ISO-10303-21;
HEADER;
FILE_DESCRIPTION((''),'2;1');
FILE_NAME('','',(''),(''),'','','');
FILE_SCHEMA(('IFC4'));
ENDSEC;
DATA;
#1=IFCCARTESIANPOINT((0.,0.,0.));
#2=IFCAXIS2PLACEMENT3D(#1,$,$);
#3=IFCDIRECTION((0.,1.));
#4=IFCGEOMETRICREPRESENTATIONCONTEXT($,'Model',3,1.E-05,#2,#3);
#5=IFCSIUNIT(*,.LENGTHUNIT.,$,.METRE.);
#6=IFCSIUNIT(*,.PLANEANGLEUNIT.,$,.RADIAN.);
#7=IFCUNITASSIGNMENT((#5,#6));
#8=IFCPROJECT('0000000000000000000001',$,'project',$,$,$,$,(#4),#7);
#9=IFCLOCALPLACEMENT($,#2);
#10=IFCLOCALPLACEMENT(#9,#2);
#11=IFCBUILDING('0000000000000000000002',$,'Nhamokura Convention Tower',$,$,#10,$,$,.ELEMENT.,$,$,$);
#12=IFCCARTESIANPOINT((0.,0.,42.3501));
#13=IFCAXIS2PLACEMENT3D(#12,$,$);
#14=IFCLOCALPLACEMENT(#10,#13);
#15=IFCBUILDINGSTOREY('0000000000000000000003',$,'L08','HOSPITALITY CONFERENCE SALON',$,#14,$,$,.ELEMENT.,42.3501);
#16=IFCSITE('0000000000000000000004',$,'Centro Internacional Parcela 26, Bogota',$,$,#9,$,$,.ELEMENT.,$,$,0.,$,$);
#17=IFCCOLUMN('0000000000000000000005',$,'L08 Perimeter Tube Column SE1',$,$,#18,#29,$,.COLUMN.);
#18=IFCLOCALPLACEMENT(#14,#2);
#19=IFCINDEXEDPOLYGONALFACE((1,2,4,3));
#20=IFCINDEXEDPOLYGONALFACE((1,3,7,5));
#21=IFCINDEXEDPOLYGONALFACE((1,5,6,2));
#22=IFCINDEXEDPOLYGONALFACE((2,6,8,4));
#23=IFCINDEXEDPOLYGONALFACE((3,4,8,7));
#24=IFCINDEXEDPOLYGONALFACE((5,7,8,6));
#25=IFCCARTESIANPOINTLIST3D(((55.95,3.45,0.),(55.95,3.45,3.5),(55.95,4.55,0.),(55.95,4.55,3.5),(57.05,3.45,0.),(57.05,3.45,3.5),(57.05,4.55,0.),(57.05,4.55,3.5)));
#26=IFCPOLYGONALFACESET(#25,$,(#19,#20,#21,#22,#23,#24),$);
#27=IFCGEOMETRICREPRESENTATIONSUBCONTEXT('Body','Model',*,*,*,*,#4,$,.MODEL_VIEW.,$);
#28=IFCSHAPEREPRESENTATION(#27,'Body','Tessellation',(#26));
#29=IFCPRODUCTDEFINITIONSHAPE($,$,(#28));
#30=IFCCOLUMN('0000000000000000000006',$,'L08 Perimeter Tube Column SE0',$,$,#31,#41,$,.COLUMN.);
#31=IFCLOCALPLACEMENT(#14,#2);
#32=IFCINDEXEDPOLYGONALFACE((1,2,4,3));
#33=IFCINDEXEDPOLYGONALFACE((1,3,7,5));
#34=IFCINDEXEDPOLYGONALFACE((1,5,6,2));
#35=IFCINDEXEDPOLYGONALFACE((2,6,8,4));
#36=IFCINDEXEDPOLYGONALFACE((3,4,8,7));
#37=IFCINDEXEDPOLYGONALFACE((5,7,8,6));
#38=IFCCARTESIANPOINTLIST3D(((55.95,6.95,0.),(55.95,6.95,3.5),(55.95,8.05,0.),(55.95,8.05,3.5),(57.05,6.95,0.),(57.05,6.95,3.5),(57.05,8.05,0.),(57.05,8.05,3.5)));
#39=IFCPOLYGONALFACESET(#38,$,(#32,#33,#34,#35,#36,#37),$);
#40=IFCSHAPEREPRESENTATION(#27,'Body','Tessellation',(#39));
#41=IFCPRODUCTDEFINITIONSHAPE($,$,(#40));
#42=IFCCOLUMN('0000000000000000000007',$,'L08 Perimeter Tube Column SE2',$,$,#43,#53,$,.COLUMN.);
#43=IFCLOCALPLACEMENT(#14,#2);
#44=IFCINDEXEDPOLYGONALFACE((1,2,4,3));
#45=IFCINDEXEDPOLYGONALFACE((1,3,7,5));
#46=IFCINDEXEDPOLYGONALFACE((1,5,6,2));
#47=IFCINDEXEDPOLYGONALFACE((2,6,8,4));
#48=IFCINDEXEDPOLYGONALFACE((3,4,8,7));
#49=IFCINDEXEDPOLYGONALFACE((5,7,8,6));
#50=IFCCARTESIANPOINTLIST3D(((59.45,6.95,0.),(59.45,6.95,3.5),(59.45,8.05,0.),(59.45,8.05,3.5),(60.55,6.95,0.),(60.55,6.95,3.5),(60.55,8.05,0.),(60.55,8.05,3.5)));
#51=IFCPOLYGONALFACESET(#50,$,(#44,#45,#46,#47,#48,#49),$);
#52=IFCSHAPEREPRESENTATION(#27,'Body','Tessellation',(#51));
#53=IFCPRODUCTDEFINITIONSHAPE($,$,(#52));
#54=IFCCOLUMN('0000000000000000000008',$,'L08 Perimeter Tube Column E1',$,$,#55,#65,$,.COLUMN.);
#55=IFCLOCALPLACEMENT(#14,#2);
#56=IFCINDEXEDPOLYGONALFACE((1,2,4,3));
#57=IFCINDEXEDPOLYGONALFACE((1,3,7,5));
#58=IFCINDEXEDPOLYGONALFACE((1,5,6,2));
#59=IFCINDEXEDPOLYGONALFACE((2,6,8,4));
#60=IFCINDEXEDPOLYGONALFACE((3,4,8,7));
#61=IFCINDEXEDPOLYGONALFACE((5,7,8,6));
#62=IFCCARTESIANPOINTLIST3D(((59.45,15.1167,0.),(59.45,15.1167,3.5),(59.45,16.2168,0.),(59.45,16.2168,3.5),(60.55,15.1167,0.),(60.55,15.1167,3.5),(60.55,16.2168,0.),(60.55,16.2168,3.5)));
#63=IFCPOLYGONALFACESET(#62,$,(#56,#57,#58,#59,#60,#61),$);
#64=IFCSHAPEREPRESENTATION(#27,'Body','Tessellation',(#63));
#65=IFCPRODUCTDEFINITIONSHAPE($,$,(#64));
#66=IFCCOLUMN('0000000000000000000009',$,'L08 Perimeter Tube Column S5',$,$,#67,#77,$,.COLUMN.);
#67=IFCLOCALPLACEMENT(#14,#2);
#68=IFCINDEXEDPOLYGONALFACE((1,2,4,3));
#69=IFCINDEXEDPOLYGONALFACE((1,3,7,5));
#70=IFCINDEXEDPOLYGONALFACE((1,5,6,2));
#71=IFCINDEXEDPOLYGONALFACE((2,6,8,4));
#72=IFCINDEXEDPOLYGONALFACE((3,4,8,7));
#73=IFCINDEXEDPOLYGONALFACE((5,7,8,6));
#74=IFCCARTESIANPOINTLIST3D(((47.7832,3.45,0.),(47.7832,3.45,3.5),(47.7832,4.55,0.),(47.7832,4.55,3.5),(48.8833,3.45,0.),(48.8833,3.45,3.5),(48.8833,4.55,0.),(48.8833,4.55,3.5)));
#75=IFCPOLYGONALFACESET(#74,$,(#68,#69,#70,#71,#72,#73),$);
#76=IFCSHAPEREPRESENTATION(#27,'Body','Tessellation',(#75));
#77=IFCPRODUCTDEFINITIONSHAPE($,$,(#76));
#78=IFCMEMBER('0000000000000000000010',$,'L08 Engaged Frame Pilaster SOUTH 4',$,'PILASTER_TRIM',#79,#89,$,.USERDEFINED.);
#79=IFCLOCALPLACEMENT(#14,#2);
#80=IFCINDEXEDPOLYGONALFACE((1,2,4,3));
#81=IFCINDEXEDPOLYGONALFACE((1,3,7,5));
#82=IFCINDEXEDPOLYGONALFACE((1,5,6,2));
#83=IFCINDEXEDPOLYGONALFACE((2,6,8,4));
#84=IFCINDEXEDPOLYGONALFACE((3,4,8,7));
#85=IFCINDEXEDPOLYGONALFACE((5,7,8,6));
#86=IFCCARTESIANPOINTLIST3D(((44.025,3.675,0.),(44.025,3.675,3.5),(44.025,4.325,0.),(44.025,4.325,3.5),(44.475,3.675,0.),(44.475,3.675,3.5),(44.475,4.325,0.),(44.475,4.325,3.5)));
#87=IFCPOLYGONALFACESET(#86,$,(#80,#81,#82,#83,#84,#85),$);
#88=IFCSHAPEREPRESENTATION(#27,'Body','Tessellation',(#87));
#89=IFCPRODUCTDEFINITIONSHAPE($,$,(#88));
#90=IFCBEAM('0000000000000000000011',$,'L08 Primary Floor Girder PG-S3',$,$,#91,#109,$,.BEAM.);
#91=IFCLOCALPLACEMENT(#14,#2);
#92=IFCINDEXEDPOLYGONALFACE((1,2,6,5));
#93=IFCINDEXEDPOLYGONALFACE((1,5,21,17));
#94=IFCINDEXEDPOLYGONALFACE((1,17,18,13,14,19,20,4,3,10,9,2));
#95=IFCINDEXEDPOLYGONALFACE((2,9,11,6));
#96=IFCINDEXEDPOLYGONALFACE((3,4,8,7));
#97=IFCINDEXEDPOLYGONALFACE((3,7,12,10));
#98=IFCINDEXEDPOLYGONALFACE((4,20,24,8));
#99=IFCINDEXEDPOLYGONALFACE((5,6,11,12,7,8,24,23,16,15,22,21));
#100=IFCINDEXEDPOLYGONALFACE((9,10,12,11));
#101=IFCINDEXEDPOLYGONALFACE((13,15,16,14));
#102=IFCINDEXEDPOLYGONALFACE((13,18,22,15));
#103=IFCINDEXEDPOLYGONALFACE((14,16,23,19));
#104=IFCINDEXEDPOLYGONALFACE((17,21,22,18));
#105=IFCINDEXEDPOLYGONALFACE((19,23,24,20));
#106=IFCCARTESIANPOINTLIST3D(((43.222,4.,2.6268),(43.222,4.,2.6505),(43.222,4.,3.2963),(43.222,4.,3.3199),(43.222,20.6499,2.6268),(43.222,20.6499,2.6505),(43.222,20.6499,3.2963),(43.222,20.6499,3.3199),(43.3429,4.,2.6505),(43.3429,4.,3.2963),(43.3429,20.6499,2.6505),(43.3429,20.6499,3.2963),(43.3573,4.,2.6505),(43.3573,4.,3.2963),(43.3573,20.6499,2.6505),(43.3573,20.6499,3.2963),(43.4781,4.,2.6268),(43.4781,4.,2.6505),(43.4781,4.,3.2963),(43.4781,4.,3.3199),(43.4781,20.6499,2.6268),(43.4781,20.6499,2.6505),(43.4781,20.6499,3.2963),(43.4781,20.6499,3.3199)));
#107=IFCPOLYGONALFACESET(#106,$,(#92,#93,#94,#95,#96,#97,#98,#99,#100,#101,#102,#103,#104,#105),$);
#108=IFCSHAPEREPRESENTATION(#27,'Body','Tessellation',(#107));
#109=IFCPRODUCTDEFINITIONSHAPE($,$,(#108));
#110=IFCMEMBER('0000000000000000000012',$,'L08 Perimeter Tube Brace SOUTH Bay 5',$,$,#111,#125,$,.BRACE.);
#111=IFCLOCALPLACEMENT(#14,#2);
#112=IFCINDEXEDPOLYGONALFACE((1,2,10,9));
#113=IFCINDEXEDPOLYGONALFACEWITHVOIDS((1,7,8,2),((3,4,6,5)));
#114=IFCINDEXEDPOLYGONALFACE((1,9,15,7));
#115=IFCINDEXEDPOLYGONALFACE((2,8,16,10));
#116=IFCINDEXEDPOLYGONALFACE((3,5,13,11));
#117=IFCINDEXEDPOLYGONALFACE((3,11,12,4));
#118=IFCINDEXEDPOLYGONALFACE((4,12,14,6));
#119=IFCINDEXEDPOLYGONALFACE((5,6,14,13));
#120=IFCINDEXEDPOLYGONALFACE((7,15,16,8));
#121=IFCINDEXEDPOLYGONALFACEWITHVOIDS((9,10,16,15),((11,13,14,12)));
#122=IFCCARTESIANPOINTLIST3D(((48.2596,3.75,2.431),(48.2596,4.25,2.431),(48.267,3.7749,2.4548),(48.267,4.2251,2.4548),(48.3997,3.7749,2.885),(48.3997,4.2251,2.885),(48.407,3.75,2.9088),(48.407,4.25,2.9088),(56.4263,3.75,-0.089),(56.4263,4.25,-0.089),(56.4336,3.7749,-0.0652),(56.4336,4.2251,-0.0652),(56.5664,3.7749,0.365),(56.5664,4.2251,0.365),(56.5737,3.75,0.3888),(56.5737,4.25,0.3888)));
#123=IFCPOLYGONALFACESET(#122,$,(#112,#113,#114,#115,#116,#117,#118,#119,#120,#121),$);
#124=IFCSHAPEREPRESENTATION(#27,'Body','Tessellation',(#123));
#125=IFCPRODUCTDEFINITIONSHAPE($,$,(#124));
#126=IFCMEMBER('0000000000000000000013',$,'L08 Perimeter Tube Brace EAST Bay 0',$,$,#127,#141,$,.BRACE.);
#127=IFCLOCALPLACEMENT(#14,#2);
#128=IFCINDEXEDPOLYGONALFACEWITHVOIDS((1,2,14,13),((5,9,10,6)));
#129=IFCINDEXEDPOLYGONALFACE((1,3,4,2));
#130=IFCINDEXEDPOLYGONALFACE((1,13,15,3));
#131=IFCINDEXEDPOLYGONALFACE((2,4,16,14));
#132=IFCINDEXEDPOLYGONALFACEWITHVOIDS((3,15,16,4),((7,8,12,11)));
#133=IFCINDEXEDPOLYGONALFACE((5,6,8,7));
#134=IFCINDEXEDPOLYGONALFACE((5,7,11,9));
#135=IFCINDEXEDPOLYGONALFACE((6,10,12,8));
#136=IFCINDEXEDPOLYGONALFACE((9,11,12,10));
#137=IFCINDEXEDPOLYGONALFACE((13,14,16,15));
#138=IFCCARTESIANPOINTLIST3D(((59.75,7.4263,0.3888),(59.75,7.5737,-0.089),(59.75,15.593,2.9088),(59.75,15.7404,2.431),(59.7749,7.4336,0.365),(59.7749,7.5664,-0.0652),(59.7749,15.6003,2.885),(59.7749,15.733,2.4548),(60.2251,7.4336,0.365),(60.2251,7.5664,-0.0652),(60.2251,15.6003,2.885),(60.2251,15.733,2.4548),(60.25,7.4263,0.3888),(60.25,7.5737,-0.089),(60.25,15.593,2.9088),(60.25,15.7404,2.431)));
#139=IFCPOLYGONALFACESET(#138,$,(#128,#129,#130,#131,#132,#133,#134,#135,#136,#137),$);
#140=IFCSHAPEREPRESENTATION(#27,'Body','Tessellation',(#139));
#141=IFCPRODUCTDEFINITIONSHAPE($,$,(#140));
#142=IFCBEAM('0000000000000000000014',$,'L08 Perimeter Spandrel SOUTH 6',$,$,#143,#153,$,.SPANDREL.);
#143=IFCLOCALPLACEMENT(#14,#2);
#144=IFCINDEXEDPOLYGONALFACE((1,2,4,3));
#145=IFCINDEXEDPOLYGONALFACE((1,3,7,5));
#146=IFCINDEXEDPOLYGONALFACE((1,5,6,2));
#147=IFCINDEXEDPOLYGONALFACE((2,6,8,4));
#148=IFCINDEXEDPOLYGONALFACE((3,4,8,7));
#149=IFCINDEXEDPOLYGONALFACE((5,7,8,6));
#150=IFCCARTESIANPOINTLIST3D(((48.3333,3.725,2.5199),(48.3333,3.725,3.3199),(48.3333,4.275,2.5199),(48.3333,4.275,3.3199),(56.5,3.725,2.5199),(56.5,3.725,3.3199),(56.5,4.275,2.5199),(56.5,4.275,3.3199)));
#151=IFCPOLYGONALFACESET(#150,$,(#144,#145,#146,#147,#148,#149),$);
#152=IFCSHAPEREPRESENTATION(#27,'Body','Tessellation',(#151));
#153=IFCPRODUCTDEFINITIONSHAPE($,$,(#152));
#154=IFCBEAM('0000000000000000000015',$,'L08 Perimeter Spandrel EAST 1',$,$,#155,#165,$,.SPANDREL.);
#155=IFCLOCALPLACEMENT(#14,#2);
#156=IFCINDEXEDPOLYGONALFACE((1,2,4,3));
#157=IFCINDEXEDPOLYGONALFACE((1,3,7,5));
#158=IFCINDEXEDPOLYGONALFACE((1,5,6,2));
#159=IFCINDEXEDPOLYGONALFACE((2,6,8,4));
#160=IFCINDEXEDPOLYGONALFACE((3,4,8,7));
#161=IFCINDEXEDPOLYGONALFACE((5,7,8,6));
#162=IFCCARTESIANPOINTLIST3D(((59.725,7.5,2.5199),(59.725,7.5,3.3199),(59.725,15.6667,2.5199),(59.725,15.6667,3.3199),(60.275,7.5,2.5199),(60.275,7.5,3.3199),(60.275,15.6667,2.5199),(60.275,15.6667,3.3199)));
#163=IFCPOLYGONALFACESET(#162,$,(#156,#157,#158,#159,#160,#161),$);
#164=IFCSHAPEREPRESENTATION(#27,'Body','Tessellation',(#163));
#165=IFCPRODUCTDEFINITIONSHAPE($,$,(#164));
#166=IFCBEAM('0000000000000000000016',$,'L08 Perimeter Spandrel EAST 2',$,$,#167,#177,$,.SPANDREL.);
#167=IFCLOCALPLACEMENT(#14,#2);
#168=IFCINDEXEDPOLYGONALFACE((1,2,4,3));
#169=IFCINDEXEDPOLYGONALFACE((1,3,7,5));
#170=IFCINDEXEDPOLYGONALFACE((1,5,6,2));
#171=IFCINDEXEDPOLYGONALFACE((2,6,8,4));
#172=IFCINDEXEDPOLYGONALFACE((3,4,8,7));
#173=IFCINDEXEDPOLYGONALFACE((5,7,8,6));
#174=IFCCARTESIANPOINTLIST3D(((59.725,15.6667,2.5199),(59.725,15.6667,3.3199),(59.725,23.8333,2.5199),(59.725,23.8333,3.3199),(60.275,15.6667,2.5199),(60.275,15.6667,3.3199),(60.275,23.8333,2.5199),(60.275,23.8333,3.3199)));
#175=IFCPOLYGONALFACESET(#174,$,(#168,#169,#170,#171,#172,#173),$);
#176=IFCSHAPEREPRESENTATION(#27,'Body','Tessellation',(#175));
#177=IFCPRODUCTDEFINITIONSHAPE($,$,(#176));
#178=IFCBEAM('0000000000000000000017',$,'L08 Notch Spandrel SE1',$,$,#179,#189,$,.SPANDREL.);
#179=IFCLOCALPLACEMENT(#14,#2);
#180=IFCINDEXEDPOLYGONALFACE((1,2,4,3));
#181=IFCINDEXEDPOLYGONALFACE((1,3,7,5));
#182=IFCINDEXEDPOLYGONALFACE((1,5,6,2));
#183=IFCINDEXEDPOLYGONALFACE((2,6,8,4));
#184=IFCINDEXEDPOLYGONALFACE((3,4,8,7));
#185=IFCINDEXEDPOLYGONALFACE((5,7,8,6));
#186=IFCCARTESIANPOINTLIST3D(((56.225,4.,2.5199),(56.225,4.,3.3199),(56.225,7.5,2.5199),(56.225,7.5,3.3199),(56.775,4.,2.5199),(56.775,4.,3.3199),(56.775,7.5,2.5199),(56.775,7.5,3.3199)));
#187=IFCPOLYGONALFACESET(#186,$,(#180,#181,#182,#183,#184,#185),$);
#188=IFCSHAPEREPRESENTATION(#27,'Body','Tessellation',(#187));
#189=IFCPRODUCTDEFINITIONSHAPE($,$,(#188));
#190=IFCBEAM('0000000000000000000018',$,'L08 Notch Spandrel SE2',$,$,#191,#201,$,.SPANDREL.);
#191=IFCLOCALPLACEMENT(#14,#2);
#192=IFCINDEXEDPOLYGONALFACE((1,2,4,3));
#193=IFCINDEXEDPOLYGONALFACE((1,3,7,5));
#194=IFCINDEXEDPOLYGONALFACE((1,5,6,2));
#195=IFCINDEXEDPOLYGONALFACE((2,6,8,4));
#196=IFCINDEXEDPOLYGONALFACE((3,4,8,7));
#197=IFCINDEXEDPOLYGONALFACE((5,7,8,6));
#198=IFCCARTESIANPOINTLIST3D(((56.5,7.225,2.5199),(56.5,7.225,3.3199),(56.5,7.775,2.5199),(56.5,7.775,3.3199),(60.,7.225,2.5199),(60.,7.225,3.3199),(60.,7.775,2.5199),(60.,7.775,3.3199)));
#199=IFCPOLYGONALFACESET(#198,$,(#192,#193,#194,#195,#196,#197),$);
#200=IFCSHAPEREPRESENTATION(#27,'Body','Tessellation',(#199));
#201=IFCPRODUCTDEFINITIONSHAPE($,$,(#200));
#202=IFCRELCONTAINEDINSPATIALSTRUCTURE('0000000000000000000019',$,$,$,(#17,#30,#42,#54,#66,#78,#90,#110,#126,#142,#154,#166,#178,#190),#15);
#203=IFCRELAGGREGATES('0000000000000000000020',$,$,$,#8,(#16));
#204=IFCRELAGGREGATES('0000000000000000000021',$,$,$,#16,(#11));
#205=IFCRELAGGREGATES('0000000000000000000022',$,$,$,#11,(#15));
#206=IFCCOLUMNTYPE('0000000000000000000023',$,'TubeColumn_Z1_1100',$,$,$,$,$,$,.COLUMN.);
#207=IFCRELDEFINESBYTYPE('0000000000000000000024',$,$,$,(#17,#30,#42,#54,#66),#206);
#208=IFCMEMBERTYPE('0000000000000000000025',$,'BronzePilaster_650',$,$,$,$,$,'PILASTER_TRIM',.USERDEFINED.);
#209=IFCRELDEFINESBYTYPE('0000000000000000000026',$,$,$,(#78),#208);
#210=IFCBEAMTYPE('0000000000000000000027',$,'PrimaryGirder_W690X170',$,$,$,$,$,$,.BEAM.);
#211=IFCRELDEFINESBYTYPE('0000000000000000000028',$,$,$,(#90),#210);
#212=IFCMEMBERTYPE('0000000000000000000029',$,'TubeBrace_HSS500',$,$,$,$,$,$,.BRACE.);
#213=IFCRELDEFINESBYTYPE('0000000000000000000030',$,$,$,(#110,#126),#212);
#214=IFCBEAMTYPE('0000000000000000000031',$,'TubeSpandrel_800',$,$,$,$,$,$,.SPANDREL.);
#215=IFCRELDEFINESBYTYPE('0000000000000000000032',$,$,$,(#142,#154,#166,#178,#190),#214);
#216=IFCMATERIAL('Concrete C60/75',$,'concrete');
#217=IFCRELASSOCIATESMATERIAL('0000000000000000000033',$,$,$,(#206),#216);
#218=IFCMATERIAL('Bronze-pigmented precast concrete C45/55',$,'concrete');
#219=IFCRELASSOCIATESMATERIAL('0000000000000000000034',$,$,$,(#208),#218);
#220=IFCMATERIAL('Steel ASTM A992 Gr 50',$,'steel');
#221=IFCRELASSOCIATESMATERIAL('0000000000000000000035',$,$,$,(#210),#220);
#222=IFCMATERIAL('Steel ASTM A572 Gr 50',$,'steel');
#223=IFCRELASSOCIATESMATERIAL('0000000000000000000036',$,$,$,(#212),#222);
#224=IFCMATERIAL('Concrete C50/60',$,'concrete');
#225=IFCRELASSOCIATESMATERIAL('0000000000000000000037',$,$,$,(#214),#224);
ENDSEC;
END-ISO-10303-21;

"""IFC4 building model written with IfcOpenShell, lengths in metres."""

from ifc_helpers import new_model, si_unit, direction, frame, origin, origin_2d, place, context, subcontext, project, spatial, rectangle, hollow_rectangle, i_section, extrude, material, material_profile, profile_set, type_object, element, save


model = new_model("IFC4")

# Units and contexts
model_context = context("Model", 3, precision=1e-05, world=origin(), true_north=direction((0.0, 1.0)))
body_context = subcontext(model_context, "Body", "Model", "MODEL_VIEW")
ifc_project = project(units=[si_unit("LENGTHUNIT", "METRE"), si_unit("PLANEANGLEUNIT", "RADIAN")], contexts=[model_context])

# Site, building, storey
site_placement = place(None, origin())
site = spatial("IfcSite", under=ifc_project, at=site_placement, Name="Centro Internacional Parcela 26, Bogota", CompositionType="ELEMENT", RefElevation=0.0)
building_placement = place(site_placement, origin())
building = spatial("IfcBuilding", under=site, at=building_placement, Name="Nhamokura Convention Tower", CompositionType="ELEMENT")
storey_placement = place(building_placement, frame((0.0, 0.0, 42.3501)))
storey = spatial("IfcBuildingStorey", under=building, at=storey_placement, Name="L08", Description="HOSPITALITY CONFERENCE SALON", CompositionType="ELEMENT", Elevation=42.3501)

# Columns
ifc_material_1 = material(Name="Concrete C60/75", Category="concrete")
ifc_material_profile_1 = material_profile(ifc_material_1, rectangle(XDim=1.1001, YDim=1.1001, at=origin_2d()))
ifc_profile_set_1 = profile_set([ifc_material_profile_1], Name="Concrete C60/75")
column_type = type_object("IfcColumnType", Name="TubeColumn_Z1_1100", PredefinedType="COLUMN", material=ifc_profile_set_1)
for number, where, z_axis, x_axis, name in (
    (1, (56.5, 4.0, 0.0), (0.0, 0.0, 1.0), (1.0, 0.0, 0.0), "L08 Perimeter Tube Column SE1"),
    (2, (56.5, 7.5, 0.0), (0.0, 0.0, 1.0), (1.0, 0.0, 0.0), "L08 Perimeter Tube Column SE0"),
    (3, (60.0, 7.5, 0.0), (0.0, 0.0, 1.0), (1.0, 0.0, 0.0), "L08 Perimeter Tube Column SE2"),
    (4, (60.0, 15.6667, 0.0), (0.0, 0.0, 1.0), (1.0, 0.0, 0.0), "L08 Perimeter Tube Column E1"),
    (5, (48.3333, 4.0, 0.0), (0.0, 0.0, 1.0), (1.0, 0.0, 0.0), "L08 Perimeter Tube Column S5"),
):
    element("IfcColumn", number, at=place(storey_placement, frame(where, z_axis=z_axis, x_axis=x_axis)), inside=storey, type_object=column_type, Name=name, PredefinedType="COLUMN", context=body_context, shape_type="SweptSolid", body=[
        extrude(rectangle(XDim=1.1001, YDim=1.1001, at=origin_2d()), origin(), (0.0, 0.0, 1.0), 3.5),
    ])

# Member
ifc_material_2 = material(Name="Bronze-pigmented precast concrete C45/55", Category="concrete")
ifc_material_profile_2 = material_profile(ifc_material_2, rectangle(XDim=0.45, YDim=0.6499, at=origin_2d()))
ifc_profile_set_2 = profile_set([ifc_material_profile_2], Name="Bronze-pigmented precast concrete C45/55")
member_type_1 = type_object("IfcMemberType", Name="BronzePilaster_650", ElementType="PILASTER_TRIM", PredefinedType="USERDEFINED", material=ifc_profile_set_2)
member_placement = place(storey_placement, frame((44.25, 4.0, 0.0), z_axis=(0.0, 0.0, 1.0), x_axis=(1.0, 0.0, 0.0)))
element("IfcMember", 6, at=member_placement, inside=storey, type_object=member_type_1, Name="L08 Engaged Frame Pilaster SOUTH 4", ObjectType="PILASTER_TRIM", PredefinedType="USERDEFINED", context=body_context, shape_type="SweptSolid", body=[
    extrude(rectangle(XDim=0.45, YDim=0.6499, at=origin_2d()), origin(), (0.0, 0.0, 1.0), 3.5),
])

# Beam
ifc_material_3 = material(Name="Steel ASTM A992 Gr 50", Category="steel")
ifc_material_profile_3 = material_profile(ifc_material_3, i_section(OverallWidth=0.2561, OverallDepth=0.6931, WebThickness=0.0144, FlangeThickness=0.0237, at=origin_2d()))
ifc_profile_set_3 = profile_set([ifc_material_profile_3], Name="Steel ASTM A992 Gr 50")
beam_type_1 = type_object("IfcBeamType", Name="PrimaryGirder_W690X170", PredefinedType="BEAM", material=ifc_profile_set_3)
beam_1_placement = place(storey_placement, frame((43.3501, 4.0, 2.9734), z_axis=(0.0, 1.0, 0.0), x_axis=(-1.0, 0.0, 0.0)))
element("IfcBeam", 7, at=beam_1_placement, inside=storey, type_object=beam_type_1, Name="L08 Primary Floor Girder PG-S3", PredefinedType="BEAM", context=body_context, shape_type="SweptSolid", body=[
    extrude(i_section(OverallWidth=0.2561, OverallDepth=0.6931, WebThickness=0.0144, FlangeThickness=0.0237, at=origin_2d()), origin(), (0.0, 0.0, 1.0), 16.6499),
])

# Members
ifc_material_4 = material(Name="Steel ASTM A572 Gr 50", Category="steel")
ifc_material_profile_4 = material_profile(ifc_material_4, hollow_rectangle(XDim=0.5, YDim=0.5, WallThickness=0.0249, at=origin_2d()))
ifc_profile_set_4 = profile_set([ifc_material_profile_4], Name="Steel ASTM A572 Gr 50")
member_type_2 = type_object("IfcMemberType", Name="TubeBrace_HSS500", PredefinedType="BRACE", material=ifc_profile_set_4)
for number, where, z_axis, x_axis, name in (
    (8, (56.5, 4.0, 0.1499), (-0.955543, 0.0, 0.294853), (0.0, -1.0, 0.0), "L08 Perimeter Tube Brace SOUTH Bay 5"),
    (9, (60.0, 7.5, 0.1499), (0.0, 0.955543, 0.294853), (-1.0, 0.0, 0.0), "L08 Perimeter Tube Brace EAST Bay 0"),
):
    element("IfcMember", number, at=place(storey_placement, frame(where, z_axis=z_axis, x_axis=x_axis)), inside=storey, type_object=member_type_2, Name=name, PredefinedType="BRACE", context=body_context, shape_type="SweptSolid", body=[
        extrude(hollow_rectangle(XDim=0.5, YDim=0.5, WallThickness=0.0249, at=origin_2d()), origin(), (0.0, 0.0, 1.0), 8.5466),
    ])

# Beams
ifc_material_5 = material(Name="Concrete C50/60", Category="concrete")
ifc_material_profile_5 = material_profile(ifc_material_5, rectangle(XDim=0.55, YDim=0.8, at=origin_2d()))
ifc_profile_set_5 = profile_set([ifc_material_profile_5], Name="Concrete C50/60")
beam_type_2 = type_object("IfcBeamType", Name="TubeSpandrel_800", PredefinedType="SPANDREL", material=ifc_profile_set_5)
for number, where, z_axis, x_axis, name in (
    (10, (48.3333, 4.0, 2.9199), (1.0, 0.0, 0.0), (0.0, 1.0, 0.0), "L08 Perimeter Spandrel SOUTH 6"),
    (11, (60.0, 7.5, 2.9199), (0.0, 1.0, 0.0), (-1.0, 0.0, 0.0), "L08 Perimeter Spandrel EAST 1"),
):
    element("IfcBeam", number, at=place(storey_placement, frame(where, z_axis=z_axis, x_axis=x_axis)), inside=storey, type_object=beam_type_2, Name=name, PredefinedType="SPANDREL", context=body_context, shape_type="SweptSolid", body=[
        extrude(rectangle(XDim=0.55, YDim=0.8, at=origin_2d()), origin(), (0.0, 0.0, 1.0), 8.1667),
    ])
beam_2_placement = place(storey_placement, frame((60.0, 15.6667, 2.9199), z_axis=(0.0, 1.0, 0.0), x_axis=(-1.0, 0.0, 0.0)))
element("IfcBeam", 12, at=beam_2_placement, inside=storey, type_object=beam_type_2, Name="L08 Perimeter Spandrel EAST 2", PredefinedType="SPANDREL", context=body_context, shape_type="SweptSolid", body=[
    extrude(rectangle(XDim=0.55, YDim=0.8, at=origin_2d()), origin(), (0.0, 0.0, 1.0), 8.1665),
])
for number, where, z_axis, x_axis, name in (
    (13, (56.5, 4.0, 2.9199), (0.0, 1.0, 0.0), (-1.0, 0.0, 0.0), "L08 Notch Spandrel SE1"),
    (14, (56.5, 7.5, 2.9199), (1.0, 0.0, 0.0), (0.0, 1.0, 0.0), "L08 Notch Spandrel SE2"),
):
    element("IfcBeam", number, at=place(storey_placement, frame(where, z_axis=z_axis, x_axis=x_axis)), inside=storey, type_object=beam_type_2, Name=name, PredefinedType="SPANDREL", context=body_context, shape_type="SweptSolid", body=[
        extrude(rectangle(XDim=0.55, YDim=0.8, at=origin_2d()), origin(), (0.0, 0.0, 1.0), 3.5),
    ])

save(model, "model.ifc")
